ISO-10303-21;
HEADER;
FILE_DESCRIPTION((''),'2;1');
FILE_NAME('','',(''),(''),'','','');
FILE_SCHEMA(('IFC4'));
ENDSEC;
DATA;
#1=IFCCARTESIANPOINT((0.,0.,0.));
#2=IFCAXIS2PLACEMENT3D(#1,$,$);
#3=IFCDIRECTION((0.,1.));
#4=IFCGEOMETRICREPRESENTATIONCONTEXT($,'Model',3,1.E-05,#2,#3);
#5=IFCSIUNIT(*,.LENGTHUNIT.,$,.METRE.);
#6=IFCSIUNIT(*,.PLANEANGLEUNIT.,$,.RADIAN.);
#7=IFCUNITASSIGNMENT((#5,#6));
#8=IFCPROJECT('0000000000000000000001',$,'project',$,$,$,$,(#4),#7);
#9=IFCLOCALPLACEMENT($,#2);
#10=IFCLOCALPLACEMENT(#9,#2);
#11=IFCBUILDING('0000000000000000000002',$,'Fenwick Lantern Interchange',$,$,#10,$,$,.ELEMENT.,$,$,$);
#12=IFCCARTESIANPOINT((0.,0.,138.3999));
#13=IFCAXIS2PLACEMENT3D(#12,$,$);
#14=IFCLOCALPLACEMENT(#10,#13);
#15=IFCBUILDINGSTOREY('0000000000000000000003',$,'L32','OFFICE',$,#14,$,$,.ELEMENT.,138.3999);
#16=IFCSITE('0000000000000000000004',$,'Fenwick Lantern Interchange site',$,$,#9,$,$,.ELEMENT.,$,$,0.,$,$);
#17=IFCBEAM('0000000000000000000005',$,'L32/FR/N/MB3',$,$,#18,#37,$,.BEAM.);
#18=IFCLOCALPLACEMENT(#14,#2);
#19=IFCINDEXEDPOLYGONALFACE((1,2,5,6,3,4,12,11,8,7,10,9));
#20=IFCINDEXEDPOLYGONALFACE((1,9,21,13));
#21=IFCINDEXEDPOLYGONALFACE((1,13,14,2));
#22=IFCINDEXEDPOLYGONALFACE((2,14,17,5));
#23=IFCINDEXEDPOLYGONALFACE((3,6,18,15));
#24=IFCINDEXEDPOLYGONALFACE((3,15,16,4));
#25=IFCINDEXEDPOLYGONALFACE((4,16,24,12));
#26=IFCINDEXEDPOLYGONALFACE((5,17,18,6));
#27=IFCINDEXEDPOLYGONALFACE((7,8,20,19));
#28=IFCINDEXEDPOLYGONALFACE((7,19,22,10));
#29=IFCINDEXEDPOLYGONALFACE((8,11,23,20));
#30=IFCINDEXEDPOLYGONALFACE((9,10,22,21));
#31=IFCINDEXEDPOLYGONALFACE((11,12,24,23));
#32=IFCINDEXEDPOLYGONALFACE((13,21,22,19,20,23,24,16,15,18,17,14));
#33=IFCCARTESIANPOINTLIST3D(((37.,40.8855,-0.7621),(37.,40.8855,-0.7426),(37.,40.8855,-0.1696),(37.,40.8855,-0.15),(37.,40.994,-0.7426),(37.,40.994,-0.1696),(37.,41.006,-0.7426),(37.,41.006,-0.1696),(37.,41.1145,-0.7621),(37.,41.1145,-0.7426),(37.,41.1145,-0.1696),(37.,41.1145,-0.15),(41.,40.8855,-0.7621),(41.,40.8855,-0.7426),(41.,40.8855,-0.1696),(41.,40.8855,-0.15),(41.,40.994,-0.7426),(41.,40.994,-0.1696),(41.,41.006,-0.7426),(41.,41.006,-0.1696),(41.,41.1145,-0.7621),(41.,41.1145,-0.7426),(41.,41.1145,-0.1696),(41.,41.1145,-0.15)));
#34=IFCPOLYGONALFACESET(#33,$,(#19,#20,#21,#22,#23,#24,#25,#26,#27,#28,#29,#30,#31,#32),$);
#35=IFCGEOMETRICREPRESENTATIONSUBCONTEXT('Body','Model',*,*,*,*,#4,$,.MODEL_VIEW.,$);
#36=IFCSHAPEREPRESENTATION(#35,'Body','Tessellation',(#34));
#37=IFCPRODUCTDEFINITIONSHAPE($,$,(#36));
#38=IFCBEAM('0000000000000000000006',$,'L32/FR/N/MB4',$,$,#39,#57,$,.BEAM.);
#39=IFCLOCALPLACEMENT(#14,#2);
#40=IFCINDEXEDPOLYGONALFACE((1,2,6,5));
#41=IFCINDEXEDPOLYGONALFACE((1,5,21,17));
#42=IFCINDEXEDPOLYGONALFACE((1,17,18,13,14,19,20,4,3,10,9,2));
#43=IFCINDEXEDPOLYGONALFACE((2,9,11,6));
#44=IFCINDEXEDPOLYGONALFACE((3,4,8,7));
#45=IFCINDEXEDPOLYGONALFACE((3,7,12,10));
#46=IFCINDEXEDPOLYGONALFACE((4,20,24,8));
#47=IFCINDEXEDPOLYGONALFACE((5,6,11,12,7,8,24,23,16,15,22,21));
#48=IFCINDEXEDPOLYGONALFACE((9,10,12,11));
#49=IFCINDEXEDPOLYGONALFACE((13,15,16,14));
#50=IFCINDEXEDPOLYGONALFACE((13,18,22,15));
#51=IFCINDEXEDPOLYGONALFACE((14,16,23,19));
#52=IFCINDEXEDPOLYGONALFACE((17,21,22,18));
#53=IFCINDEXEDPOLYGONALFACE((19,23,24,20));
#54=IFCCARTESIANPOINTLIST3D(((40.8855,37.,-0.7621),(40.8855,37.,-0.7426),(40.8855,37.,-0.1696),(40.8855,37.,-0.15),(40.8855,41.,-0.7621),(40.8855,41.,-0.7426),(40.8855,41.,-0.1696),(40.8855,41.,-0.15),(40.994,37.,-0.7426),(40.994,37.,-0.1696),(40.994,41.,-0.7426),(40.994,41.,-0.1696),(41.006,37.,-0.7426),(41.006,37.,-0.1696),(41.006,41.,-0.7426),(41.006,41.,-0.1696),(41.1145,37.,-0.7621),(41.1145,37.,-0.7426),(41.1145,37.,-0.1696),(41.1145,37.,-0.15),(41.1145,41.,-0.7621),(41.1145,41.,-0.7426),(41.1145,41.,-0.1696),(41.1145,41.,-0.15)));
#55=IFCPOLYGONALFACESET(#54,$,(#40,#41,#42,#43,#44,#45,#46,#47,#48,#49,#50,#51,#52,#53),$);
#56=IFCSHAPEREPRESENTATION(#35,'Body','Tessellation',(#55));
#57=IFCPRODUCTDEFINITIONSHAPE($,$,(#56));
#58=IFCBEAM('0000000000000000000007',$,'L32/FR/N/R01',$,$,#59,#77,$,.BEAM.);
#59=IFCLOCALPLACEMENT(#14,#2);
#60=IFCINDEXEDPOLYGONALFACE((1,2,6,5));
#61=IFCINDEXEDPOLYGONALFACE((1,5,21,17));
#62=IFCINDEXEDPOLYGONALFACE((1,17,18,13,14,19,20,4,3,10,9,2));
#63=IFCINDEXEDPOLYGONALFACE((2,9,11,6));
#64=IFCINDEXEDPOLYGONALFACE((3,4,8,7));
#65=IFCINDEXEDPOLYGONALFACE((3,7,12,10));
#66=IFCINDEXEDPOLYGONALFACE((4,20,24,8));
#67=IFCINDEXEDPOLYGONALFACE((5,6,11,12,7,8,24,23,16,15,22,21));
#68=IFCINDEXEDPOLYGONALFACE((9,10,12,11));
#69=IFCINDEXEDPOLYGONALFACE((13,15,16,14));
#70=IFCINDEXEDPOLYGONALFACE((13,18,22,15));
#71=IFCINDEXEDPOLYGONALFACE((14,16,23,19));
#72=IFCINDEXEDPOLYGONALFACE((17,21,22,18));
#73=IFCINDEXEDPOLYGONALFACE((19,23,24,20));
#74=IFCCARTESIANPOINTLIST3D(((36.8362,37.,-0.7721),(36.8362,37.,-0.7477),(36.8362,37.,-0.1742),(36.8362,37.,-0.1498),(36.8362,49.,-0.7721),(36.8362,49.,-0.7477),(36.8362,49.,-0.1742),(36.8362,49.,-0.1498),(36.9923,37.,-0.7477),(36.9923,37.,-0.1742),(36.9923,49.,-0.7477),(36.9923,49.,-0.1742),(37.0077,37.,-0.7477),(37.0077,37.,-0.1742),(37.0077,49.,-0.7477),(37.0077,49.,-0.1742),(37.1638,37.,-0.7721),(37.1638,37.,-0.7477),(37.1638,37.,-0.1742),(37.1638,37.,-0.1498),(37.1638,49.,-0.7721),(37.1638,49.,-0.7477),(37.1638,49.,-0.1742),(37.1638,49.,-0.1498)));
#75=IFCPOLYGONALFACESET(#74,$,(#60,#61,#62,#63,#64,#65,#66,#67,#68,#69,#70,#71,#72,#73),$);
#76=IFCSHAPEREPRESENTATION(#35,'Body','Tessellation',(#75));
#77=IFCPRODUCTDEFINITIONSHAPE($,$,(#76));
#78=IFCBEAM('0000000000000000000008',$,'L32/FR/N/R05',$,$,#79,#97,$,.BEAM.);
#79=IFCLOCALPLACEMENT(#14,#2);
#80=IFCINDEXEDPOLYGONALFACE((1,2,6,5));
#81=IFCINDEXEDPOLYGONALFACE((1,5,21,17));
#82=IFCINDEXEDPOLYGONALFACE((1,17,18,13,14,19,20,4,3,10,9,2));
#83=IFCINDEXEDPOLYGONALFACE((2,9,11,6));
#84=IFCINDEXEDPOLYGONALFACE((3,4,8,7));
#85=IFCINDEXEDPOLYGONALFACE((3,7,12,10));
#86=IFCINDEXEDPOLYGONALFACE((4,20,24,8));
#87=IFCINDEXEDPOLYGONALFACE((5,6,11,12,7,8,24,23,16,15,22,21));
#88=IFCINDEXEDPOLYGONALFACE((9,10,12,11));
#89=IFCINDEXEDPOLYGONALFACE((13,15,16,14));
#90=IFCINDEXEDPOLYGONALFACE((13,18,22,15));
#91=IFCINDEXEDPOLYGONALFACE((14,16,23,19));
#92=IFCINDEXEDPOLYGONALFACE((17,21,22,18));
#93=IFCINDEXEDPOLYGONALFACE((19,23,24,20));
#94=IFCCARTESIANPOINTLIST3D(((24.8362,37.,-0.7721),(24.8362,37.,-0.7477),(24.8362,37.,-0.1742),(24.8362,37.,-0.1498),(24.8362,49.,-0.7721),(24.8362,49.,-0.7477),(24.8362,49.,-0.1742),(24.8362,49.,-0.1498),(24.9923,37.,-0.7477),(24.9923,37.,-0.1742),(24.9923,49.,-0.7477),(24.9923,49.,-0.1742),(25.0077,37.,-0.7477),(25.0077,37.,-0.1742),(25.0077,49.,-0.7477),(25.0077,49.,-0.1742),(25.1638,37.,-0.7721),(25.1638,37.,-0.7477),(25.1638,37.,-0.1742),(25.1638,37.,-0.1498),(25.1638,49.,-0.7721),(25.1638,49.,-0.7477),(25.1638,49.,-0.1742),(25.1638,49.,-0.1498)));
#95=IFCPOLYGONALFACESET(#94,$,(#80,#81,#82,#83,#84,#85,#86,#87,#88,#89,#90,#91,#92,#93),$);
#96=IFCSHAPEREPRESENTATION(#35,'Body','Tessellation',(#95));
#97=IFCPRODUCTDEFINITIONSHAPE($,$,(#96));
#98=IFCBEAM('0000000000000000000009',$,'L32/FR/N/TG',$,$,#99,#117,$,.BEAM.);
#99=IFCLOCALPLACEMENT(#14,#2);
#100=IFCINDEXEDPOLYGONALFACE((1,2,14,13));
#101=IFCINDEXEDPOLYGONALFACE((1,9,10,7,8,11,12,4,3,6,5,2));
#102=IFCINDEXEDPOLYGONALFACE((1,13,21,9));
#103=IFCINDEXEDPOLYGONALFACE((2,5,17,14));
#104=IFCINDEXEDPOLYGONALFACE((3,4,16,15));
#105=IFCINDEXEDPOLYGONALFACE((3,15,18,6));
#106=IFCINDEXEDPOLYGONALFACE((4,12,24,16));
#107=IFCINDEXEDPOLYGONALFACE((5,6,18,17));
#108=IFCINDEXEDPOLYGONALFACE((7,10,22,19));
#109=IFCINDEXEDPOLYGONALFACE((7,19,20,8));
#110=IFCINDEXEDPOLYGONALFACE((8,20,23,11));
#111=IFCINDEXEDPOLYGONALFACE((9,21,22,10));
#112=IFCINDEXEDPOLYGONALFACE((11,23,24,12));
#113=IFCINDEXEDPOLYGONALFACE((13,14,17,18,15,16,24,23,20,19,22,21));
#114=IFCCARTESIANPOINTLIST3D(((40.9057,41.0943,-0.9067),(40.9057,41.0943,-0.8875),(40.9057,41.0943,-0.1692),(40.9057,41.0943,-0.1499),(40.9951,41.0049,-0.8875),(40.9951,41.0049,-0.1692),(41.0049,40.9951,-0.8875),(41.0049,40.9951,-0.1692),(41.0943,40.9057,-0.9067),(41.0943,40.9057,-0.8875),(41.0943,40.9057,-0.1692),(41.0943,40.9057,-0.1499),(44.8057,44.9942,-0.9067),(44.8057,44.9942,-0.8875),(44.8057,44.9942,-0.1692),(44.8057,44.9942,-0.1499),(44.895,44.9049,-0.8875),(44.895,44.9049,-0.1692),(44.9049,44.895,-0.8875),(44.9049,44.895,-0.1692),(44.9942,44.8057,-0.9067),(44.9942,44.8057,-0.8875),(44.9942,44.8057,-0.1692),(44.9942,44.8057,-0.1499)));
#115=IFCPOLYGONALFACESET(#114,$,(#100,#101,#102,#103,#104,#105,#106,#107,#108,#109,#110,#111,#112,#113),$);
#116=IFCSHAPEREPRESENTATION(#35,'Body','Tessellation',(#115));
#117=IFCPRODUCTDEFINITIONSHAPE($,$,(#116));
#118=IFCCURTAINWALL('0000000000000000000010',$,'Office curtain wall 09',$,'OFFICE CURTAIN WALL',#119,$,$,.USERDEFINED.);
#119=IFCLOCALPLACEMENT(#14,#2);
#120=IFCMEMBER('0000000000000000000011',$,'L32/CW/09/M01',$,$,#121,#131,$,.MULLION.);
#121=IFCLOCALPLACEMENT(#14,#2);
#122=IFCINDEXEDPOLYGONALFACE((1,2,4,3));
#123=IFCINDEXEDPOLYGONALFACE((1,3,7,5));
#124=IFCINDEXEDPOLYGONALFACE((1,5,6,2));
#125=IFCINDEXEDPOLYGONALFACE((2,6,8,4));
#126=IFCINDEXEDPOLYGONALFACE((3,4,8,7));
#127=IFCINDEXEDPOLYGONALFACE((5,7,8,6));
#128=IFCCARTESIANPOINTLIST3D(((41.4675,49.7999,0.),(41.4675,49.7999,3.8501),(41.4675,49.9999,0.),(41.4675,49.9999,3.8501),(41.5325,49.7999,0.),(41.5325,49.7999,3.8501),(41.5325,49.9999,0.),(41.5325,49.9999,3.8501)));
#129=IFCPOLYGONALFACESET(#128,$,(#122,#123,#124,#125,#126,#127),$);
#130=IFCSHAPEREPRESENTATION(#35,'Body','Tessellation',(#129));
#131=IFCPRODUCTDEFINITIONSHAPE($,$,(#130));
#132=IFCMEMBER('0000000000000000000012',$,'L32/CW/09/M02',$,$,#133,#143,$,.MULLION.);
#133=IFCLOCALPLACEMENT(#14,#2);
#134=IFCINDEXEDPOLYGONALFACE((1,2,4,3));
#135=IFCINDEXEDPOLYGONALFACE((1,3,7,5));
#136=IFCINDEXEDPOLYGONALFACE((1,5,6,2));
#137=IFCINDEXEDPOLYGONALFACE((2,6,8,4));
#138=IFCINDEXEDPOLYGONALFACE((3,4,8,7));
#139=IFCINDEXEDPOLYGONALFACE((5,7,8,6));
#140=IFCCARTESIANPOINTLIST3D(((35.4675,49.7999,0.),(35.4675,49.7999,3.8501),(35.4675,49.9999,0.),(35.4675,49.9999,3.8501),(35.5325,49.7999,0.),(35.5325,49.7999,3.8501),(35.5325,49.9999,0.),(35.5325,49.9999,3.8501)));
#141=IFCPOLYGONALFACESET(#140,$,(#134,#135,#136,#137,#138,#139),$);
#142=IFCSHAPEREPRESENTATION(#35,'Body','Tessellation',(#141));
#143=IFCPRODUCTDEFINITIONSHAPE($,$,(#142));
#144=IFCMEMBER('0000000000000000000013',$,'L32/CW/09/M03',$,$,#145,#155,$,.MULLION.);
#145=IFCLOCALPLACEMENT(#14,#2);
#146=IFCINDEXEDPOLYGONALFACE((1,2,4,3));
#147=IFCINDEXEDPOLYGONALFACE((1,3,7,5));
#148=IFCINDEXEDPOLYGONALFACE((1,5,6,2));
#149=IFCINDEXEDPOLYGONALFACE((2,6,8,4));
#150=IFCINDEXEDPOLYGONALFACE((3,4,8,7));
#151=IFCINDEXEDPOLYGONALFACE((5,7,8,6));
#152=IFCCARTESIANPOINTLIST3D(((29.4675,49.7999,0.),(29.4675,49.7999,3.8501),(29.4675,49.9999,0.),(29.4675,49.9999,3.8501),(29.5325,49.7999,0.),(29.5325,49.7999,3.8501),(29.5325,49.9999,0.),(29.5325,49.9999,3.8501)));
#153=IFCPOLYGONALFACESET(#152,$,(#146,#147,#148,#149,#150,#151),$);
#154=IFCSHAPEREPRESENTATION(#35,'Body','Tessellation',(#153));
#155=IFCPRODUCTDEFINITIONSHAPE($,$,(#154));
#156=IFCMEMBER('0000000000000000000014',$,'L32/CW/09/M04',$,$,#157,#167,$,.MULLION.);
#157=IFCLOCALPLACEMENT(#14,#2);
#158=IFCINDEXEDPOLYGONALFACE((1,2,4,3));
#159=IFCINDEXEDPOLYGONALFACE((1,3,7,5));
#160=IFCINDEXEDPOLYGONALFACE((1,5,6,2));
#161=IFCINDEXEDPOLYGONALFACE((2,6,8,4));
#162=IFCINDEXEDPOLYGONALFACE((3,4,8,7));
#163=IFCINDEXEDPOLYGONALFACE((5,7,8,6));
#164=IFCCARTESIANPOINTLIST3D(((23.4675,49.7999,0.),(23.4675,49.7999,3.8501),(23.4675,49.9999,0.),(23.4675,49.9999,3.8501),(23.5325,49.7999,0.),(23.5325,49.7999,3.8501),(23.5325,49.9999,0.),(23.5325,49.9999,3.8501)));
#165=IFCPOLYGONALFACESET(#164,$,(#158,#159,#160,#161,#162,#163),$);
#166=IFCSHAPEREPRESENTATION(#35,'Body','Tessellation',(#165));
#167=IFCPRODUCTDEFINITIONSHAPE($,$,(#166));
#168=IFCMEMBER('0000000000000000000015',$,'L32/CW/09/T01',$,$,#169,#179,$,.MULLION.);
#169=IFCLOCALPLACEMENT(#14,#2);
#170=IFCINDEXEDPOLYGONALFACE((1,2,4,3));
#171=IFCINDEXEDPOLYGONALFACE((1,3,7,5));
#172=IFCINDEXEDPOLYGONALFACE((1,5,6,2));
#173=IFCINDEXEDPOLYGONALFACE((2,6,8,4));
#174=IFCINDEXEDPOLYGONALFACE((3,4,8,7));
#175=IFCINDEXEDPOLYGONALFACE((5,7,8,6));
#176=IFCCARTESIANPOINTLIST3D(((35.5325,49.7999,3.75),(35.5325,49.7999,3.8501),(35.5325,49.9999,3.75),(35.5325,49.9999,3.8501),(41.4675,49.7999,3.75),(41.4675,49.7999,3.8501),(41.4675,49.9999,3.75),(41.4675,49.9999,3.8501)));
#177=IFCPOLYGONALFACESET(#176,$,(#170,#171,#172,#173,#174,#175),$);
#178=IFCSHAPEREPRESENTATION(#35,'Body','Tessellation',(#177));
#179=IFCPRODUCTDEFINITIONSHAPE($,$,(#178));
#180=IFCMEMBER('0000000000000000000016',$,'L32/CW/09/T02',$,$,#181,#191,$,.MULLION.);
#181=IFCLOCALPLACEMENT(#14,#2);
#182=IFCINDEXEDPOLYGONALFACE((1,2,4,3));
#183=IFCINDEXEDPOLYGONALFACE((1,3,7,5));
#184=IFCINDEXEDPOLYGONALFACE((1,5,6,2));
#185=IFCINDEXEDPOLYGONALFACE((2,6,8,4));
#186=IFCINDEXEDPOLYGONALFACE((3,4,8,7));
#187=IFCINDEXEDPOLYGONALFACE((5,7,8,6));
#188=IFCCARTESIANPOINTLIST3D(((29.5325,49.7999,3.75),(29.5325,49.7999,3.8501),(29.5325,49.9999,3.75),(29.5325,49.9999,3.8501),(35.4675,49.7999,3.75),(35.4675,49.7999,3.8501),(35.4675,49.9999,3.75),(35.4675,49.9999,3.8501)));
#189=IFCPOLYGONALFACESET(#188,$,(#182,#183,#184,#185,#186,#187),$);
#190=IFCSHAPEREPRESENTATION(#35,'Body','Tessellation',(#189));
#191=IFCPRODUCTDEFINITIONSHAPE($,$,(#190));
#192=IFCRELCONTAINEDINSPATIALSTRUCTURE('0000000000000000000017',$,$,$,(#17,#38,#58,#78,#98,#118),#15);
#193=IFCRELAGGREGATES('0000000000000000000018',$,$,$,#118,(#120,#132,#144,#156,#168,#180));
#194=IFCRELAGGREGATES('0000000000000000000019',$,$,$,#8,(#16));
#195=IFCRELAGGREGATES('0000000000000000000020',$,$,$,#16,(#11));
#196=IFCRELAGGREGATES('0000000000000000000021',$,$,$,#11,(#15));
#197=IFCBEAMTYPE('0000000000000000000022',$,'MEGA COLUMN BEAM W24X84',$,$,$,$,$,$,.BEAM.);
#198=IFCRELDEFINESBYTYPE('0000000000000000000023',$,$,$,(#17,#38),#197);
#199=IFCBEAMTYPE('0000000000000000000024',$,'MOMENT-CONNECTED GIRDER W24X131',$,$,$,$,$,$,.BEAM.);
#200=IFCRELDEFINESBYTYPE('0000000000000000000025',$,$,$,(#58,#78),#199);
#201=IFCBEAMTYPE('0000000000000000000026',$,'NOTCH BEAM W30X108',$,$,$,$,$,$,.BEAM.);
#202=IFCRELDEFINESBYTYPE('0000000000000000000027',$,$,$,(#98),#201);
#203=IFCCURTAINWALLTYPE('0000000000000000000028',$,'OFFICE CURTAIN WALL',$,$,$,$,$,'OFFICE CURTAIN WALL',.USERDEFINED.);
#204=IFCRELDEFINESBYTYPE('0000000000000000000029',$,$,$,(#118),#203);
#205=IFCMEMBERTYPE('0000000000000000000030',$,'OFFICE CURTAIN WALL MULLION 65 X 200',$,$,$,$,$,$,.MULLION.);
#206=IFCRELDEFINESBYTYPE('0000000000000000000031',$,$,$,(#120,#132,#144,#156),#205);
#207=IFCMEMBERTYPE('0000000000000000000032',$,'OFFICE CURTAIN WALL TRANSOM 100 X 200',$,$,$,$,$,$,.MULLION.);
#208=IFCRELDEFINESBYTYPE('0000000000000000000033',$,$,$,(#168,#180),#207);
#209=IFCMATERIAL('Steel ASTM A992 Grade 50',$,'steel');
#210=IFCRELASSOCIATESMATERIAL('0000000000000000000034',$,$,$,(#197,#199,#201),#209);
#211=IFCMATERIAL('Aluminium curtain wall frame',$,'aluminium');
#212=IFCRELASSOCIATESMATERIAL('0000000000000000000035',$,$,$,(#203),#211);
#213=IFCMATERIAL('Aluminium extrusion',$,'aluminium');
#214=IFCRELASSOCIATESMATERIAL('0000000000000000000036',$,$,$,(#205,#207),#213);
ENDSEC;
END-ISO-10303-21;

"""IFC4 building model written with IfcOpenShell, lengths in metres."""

from ifc_helpers import new_model, si_unit, direction, frame, origin, origin_2d, place, context, subcontext, project, spatial, rectangle, i_section, extrude, material, material_profile, profile_set, type_object, element, aggregate, save


model = new_model("IFC4")

# Units and contexts
model_context = context("Model", 3, precision=1e-05, world=origin(), true_north=direction((0.0, 1.0)))
body_context = subcontext(model_context, "Body", "Model", "MODEL_VIEW")
ifc_project = project(units=[si_unit("LENGTHUNIT", "METRE"), si_unit("PLANEANGLEUNIT", "RADIAN")], contexts=[model_context])

# Site, building, storey
site_placement = place(None, origin())
site = spatial("IfcSite", under=ifc_project, at=site_placement, Name="Fenwick Lantern Interchange site", CompositionType="ELEMENT", RefElevation=0.0)
building_placement = place(site_placement, origin())
building = spatial("IfcBuilding", under=site, at=building_placement, Name="Fenwick Lantern Interchange", CompositionType="ELEMENT")
storey_placement = place(building_placement, frame((0.0, 0.0, 138.3999)))
storey = spatial("IfcBuildingStorey", under=building, at=storey_placement, Name="L32", Description="OFFICE", CompositionType="ELEMENT", Elevation=138.3999)

# Beams
ifc_material_1 = material(Name="Steel ASTM A992 Grade 50", Category="steel")
ifc_material_profile_1 = material_profile(ifc_material_1, i_section(OverallWidth=0.229, OverallDepth=0.6121, WebThickness=0.012, FlangeThickness=0.0195, at=origin_2d()), Name="W24X84")
ifc_profile_set_1 = profile_set([ifc_material_profile_1], Name="Steel ASTM A992 Grade 50")
beam_type_1 = type_object("IfcBeamType", Name="MEGA COLUMN BEAM W24X84", PredefinedType="BEAM", material=ifc_profile_set_1)
for number, where, z_axis, x_axis, name in (
    (1, (41.0, 41.0, -0.4561), (-1.0, 0.0, 0.0), (0.0, -1.0, 0.0), "L32/FR/N/MB3"),
    (2, (41.0, 41.0, -0.4561), (0.0, -1.0, 0.0), (1.0, 0.0, 0.0), "L32/FR/N/MB4"),
):
    element("IfcBeam", number, at=place(storey_placement, frame(where, z_axis=z_axis, x_axis=x_axis)), inside=storey, type_object=beam_type_1, Name=name, PredefinedType="BEAM", context=body_context, shape_type="SweptSolid", body=[
        extrude(i_section(OverallWidth=0.229, OverallDepth=0.6121, WebThickness=0.012, FlangeThickness=0.0195, at=origin_2d()), origin(), (0.0, 0.0, 1.0), 4.0),
    ])
ifc_material_profile_2 = material_profile(ifc_material_1, i_section(OverallWidth=0.3276, OverallDepth=0.6223, WebThickness=0.0154, FlangeThickness=0.0244, at=origin_2d()), Name="W24X131")
ifc_profile_set_2 = profile_set([ifc_material_profile_2], Name="Steel ASTM A992 Grade 50")
beam_type_2 = type_object("IfcBeamType", Name="MOMENT-CONNECTED GIRDER W24X131", PredefinedType="BEAM", material=ifc_profile_set_2)
for number, where, z_axis, x_axis, name in (
    (3, (37.0, 49.0, -0.4609), (0.0, -1.0, 0.0), (1.0, 0.0, 0.0), "L32/FR/N/R01"),
    (4, (25.0, 49.0, -0.4609), (0.0, -1.0, 0.0), (1.0, 0.0, 0.0), "L32/FR/N/R05"),
):
    element("IfcBeam", number, at=place(storey_placement, frame(where, z_axis=z_axis, x_axis=x_axis)), inside=storey, type_object=beam_type_2, Name=name, PredefinedType="BEAM", context=body_context, shape_type="SweptSolid", body=[
        extrude(i_section(OverallWidth=0.3276, OverallDepth=0.6223, WebThickness=0.0154, FlangeThickness=0.0244, at=origin_2d()), origin(), (0.0, 0.0, 1.0), 12.0),
    ])
ifc_material_profile_3 = material_profile(ifc_material_1, i_section(OverallWidth=0.2666, OverallDepth=0.7568, WebThickness=0.0139, FlangeThickness=0.0193, at=origin_2d()), Name="W30X108")
ifc_profile_set_3 = profile_set([ifc_material_profile_3], Name="Steel ASTM A992 Grade 50")
beam_type_3 = type_object("IfcBeamType", Name="NOTCH BEAM W30X108", PredefinedType="BEAM", material=ifc_profile_set_3)
beam_1_placement = place(storey_placement, frame((41.0, 41.0, -0.5283), z_axis=(0.707107, 0.707107, 0.0), x_axis=(-0.707107, 0.707107, 0.0)))
element("IfcBeam", 5, at=beam_1_placement, inside=storey, type_object=beam_type_3, Name="L32/FR/N/TG", PredefinedType="BEAM", context=body_context, shape_type="SweptSolid", body=[
    extrude(i_section(OverallWidth=0.2666, OverallDepth=0.7568, WebThickness=0.0139, FlangeThickness=0.0193, at=origin_2d()), origin(), (0.0, 0.0, 1.0), 5.5154),
])

# Curtain wall, members
ifc_material_2 = material(Name="Aluminium curtain wall frame", Category="aluminium")
curtain_wall_type = type_object("IfcCurtainWallType", Name="OFFICE CURTAIN WALL", ElementType="OFFICE CURTAIN WALL", PredefinedType="USERDEFINED", material=ifc_material_2)
curtain_wall_placement = place(storey_placement, origin())
curtain_wall = element("IfcCurtainWall", 6, at=curtain_wall_placement, inside=storey, type_object=curtain_wall_type, Name="Office curtain wall 09", ObjectType="OFFICE CURTAIN WALL", PredefinedType="USERDEFINED")
ifc_material_3 = material(Name="Aluminium extrusion", Category="aluminium")
ifc_material_profile_4 = material_profile(ifc_material_3, rectangle(XDim=0.2, YDim=0.0649, at=origin_2d()), Name="OFFICE CURTAIN WALL MULLION 65 X 200")
ifc_profile_set_4 = profile_set([ifc_material_profile_4], Name="Aluminium extrusion")
member_type_1 = type_object("IfcMemberType", Name="OFFICE CURTAIN WALL MULLION 65 X 200", PredefinedType="MULLION", material=ifc_profile_set_4)
member_1_placement = place(storey_placement, frame((41.5, 49.8999, 0.0), z_axis=(0.0, 0.0, 1.0), x_axis=(0.0, -1.0, 0.0)))
member_1 = element("IfcMember", 7, at=member_1_placement, type_object=member_type_1, Name="L32/CW/09/M01", PredefinedType="MULLION", context=body_context, shape_type="SweptSolid", body=[
    extrude(rectangle(XDim=0.2, YDim=0.0649, at=origin_2d()), origin(), (0.0, 0.0, 1.0), 3.8501),
])
member_2_placement = place(storey_placement, frame((35.5, 49.8999, 0.0), z_axis=(0.0, 0.0, 1.0), x_axis=(0.0, -1.0, 0.0)))
member_2 = element("IfcMember", 8, at=member_2_placement, type_object=member_type_1, Name="L32/CW/09/M02", PredefinedType="MULLION", context=body_context, shape_type="SweptSolid", body=[
    extrude(rectangle(XDim=0.2, YDim=0.0649, at=origin_2d()), origin(), (0.0, 0.0, 1.0), 3.8501),
])
member_3_placement = place(storey_placement, frame((29.5, 49.8999, 0.0), z_axis=(0.0, 0.0, 1.0), x_axis=(0.0, -1.0, 0.0)))
member_3 = element("IfcMember", 9, at=member_3_placement, type_object=member_type_1, Name="L32/CW/09/M03", PredefinedType="MULLION", context=body_context, shape_type="SweptSolid", body=[
    extrude(rectangle(XDim=0.2, YDim=0.0649, at=origin_2d()), origin(), (0.0, 0.0, 1.0), 3.8501),
])
member_4_placement = place(storey_placement, frame((23.5, 49.8999, 0.0), z_axis=(0.0, 0.0, 1.0), x_axis=(0.0, -1.0, 0.0)))
member_4 = element("IfcMember", 10, at=member_4_placement, type_object=member_type_1, Name="L32/CW/09/M04", PredefinedType="MULLION", context=body_context, shape_type="SweptSolid", body=[
    extrude(rectangle(XDim=0.2, YDim=0.0649, at=origin_2d()), origin(), (0.0, 0.0, 1.0), 3.8501),
])
ifc_material_profile_5 = material_profile(ifc_material_3, rectangle(XDim=0.2, YDim=0.1001, at=origin_2d()), Name="OFFICE CURTAIN WALL TRANSOM 100 X 200")
ifc_profile_set_5 = profile_set([ifc_material_profile_5], Name="Aluminium extrusion")
member_type_2 = type_object("IfcMemberType", Name="OFFICE CURTAIN WALL TRANSOM 100 X 200", PredefinedType="MULLION", material=ifc_profile_set_5)
member_5_placement = place(storey_placement, frame((41.4675, 49.8999, 3.8), z_axis=(-1.0, 0.0, 0.0), x_axis=(0.0, -1.0, 0.0)))
member_5 = element("IfcMember", 11, at=member_5_placement, type_object=member_type_2, Name="L32/CW/09/T01", PredefinedType="MULLION", context=body_context, shape_type="SweptSolid", body=[
    extrude(rectangle(XDim=0.2, YDim=0.1001, at=origin_2d()), origin(), (0.0, 0.0, 1.0), 5.9351),
])
member_6_placement = place(storey_placement, frame((35.4675, 49.8999, 3.8), z_axis=(-1.0, 0.0, 0.0), x_axis=(0.0, -1.0, 0.0)))
member_6 = element("IfcMember", 12, at=member_6_placement, type_object=member_type_2, Name="L32/CW/09/T02", PredefinedType="MULLION", context=body_context, shape_type="SweptSolid", body=[
    extrude(rectangle(XDim=0.2, YDim=0.1001, at=origin_2d()), origin(), (0.0, 0.0, 1.0), 5.9351),
])
aggregate(curtain_wall, [member_1, member_2, member_3, member_4, member_5, member_6])

save(model, "model.ifc")
